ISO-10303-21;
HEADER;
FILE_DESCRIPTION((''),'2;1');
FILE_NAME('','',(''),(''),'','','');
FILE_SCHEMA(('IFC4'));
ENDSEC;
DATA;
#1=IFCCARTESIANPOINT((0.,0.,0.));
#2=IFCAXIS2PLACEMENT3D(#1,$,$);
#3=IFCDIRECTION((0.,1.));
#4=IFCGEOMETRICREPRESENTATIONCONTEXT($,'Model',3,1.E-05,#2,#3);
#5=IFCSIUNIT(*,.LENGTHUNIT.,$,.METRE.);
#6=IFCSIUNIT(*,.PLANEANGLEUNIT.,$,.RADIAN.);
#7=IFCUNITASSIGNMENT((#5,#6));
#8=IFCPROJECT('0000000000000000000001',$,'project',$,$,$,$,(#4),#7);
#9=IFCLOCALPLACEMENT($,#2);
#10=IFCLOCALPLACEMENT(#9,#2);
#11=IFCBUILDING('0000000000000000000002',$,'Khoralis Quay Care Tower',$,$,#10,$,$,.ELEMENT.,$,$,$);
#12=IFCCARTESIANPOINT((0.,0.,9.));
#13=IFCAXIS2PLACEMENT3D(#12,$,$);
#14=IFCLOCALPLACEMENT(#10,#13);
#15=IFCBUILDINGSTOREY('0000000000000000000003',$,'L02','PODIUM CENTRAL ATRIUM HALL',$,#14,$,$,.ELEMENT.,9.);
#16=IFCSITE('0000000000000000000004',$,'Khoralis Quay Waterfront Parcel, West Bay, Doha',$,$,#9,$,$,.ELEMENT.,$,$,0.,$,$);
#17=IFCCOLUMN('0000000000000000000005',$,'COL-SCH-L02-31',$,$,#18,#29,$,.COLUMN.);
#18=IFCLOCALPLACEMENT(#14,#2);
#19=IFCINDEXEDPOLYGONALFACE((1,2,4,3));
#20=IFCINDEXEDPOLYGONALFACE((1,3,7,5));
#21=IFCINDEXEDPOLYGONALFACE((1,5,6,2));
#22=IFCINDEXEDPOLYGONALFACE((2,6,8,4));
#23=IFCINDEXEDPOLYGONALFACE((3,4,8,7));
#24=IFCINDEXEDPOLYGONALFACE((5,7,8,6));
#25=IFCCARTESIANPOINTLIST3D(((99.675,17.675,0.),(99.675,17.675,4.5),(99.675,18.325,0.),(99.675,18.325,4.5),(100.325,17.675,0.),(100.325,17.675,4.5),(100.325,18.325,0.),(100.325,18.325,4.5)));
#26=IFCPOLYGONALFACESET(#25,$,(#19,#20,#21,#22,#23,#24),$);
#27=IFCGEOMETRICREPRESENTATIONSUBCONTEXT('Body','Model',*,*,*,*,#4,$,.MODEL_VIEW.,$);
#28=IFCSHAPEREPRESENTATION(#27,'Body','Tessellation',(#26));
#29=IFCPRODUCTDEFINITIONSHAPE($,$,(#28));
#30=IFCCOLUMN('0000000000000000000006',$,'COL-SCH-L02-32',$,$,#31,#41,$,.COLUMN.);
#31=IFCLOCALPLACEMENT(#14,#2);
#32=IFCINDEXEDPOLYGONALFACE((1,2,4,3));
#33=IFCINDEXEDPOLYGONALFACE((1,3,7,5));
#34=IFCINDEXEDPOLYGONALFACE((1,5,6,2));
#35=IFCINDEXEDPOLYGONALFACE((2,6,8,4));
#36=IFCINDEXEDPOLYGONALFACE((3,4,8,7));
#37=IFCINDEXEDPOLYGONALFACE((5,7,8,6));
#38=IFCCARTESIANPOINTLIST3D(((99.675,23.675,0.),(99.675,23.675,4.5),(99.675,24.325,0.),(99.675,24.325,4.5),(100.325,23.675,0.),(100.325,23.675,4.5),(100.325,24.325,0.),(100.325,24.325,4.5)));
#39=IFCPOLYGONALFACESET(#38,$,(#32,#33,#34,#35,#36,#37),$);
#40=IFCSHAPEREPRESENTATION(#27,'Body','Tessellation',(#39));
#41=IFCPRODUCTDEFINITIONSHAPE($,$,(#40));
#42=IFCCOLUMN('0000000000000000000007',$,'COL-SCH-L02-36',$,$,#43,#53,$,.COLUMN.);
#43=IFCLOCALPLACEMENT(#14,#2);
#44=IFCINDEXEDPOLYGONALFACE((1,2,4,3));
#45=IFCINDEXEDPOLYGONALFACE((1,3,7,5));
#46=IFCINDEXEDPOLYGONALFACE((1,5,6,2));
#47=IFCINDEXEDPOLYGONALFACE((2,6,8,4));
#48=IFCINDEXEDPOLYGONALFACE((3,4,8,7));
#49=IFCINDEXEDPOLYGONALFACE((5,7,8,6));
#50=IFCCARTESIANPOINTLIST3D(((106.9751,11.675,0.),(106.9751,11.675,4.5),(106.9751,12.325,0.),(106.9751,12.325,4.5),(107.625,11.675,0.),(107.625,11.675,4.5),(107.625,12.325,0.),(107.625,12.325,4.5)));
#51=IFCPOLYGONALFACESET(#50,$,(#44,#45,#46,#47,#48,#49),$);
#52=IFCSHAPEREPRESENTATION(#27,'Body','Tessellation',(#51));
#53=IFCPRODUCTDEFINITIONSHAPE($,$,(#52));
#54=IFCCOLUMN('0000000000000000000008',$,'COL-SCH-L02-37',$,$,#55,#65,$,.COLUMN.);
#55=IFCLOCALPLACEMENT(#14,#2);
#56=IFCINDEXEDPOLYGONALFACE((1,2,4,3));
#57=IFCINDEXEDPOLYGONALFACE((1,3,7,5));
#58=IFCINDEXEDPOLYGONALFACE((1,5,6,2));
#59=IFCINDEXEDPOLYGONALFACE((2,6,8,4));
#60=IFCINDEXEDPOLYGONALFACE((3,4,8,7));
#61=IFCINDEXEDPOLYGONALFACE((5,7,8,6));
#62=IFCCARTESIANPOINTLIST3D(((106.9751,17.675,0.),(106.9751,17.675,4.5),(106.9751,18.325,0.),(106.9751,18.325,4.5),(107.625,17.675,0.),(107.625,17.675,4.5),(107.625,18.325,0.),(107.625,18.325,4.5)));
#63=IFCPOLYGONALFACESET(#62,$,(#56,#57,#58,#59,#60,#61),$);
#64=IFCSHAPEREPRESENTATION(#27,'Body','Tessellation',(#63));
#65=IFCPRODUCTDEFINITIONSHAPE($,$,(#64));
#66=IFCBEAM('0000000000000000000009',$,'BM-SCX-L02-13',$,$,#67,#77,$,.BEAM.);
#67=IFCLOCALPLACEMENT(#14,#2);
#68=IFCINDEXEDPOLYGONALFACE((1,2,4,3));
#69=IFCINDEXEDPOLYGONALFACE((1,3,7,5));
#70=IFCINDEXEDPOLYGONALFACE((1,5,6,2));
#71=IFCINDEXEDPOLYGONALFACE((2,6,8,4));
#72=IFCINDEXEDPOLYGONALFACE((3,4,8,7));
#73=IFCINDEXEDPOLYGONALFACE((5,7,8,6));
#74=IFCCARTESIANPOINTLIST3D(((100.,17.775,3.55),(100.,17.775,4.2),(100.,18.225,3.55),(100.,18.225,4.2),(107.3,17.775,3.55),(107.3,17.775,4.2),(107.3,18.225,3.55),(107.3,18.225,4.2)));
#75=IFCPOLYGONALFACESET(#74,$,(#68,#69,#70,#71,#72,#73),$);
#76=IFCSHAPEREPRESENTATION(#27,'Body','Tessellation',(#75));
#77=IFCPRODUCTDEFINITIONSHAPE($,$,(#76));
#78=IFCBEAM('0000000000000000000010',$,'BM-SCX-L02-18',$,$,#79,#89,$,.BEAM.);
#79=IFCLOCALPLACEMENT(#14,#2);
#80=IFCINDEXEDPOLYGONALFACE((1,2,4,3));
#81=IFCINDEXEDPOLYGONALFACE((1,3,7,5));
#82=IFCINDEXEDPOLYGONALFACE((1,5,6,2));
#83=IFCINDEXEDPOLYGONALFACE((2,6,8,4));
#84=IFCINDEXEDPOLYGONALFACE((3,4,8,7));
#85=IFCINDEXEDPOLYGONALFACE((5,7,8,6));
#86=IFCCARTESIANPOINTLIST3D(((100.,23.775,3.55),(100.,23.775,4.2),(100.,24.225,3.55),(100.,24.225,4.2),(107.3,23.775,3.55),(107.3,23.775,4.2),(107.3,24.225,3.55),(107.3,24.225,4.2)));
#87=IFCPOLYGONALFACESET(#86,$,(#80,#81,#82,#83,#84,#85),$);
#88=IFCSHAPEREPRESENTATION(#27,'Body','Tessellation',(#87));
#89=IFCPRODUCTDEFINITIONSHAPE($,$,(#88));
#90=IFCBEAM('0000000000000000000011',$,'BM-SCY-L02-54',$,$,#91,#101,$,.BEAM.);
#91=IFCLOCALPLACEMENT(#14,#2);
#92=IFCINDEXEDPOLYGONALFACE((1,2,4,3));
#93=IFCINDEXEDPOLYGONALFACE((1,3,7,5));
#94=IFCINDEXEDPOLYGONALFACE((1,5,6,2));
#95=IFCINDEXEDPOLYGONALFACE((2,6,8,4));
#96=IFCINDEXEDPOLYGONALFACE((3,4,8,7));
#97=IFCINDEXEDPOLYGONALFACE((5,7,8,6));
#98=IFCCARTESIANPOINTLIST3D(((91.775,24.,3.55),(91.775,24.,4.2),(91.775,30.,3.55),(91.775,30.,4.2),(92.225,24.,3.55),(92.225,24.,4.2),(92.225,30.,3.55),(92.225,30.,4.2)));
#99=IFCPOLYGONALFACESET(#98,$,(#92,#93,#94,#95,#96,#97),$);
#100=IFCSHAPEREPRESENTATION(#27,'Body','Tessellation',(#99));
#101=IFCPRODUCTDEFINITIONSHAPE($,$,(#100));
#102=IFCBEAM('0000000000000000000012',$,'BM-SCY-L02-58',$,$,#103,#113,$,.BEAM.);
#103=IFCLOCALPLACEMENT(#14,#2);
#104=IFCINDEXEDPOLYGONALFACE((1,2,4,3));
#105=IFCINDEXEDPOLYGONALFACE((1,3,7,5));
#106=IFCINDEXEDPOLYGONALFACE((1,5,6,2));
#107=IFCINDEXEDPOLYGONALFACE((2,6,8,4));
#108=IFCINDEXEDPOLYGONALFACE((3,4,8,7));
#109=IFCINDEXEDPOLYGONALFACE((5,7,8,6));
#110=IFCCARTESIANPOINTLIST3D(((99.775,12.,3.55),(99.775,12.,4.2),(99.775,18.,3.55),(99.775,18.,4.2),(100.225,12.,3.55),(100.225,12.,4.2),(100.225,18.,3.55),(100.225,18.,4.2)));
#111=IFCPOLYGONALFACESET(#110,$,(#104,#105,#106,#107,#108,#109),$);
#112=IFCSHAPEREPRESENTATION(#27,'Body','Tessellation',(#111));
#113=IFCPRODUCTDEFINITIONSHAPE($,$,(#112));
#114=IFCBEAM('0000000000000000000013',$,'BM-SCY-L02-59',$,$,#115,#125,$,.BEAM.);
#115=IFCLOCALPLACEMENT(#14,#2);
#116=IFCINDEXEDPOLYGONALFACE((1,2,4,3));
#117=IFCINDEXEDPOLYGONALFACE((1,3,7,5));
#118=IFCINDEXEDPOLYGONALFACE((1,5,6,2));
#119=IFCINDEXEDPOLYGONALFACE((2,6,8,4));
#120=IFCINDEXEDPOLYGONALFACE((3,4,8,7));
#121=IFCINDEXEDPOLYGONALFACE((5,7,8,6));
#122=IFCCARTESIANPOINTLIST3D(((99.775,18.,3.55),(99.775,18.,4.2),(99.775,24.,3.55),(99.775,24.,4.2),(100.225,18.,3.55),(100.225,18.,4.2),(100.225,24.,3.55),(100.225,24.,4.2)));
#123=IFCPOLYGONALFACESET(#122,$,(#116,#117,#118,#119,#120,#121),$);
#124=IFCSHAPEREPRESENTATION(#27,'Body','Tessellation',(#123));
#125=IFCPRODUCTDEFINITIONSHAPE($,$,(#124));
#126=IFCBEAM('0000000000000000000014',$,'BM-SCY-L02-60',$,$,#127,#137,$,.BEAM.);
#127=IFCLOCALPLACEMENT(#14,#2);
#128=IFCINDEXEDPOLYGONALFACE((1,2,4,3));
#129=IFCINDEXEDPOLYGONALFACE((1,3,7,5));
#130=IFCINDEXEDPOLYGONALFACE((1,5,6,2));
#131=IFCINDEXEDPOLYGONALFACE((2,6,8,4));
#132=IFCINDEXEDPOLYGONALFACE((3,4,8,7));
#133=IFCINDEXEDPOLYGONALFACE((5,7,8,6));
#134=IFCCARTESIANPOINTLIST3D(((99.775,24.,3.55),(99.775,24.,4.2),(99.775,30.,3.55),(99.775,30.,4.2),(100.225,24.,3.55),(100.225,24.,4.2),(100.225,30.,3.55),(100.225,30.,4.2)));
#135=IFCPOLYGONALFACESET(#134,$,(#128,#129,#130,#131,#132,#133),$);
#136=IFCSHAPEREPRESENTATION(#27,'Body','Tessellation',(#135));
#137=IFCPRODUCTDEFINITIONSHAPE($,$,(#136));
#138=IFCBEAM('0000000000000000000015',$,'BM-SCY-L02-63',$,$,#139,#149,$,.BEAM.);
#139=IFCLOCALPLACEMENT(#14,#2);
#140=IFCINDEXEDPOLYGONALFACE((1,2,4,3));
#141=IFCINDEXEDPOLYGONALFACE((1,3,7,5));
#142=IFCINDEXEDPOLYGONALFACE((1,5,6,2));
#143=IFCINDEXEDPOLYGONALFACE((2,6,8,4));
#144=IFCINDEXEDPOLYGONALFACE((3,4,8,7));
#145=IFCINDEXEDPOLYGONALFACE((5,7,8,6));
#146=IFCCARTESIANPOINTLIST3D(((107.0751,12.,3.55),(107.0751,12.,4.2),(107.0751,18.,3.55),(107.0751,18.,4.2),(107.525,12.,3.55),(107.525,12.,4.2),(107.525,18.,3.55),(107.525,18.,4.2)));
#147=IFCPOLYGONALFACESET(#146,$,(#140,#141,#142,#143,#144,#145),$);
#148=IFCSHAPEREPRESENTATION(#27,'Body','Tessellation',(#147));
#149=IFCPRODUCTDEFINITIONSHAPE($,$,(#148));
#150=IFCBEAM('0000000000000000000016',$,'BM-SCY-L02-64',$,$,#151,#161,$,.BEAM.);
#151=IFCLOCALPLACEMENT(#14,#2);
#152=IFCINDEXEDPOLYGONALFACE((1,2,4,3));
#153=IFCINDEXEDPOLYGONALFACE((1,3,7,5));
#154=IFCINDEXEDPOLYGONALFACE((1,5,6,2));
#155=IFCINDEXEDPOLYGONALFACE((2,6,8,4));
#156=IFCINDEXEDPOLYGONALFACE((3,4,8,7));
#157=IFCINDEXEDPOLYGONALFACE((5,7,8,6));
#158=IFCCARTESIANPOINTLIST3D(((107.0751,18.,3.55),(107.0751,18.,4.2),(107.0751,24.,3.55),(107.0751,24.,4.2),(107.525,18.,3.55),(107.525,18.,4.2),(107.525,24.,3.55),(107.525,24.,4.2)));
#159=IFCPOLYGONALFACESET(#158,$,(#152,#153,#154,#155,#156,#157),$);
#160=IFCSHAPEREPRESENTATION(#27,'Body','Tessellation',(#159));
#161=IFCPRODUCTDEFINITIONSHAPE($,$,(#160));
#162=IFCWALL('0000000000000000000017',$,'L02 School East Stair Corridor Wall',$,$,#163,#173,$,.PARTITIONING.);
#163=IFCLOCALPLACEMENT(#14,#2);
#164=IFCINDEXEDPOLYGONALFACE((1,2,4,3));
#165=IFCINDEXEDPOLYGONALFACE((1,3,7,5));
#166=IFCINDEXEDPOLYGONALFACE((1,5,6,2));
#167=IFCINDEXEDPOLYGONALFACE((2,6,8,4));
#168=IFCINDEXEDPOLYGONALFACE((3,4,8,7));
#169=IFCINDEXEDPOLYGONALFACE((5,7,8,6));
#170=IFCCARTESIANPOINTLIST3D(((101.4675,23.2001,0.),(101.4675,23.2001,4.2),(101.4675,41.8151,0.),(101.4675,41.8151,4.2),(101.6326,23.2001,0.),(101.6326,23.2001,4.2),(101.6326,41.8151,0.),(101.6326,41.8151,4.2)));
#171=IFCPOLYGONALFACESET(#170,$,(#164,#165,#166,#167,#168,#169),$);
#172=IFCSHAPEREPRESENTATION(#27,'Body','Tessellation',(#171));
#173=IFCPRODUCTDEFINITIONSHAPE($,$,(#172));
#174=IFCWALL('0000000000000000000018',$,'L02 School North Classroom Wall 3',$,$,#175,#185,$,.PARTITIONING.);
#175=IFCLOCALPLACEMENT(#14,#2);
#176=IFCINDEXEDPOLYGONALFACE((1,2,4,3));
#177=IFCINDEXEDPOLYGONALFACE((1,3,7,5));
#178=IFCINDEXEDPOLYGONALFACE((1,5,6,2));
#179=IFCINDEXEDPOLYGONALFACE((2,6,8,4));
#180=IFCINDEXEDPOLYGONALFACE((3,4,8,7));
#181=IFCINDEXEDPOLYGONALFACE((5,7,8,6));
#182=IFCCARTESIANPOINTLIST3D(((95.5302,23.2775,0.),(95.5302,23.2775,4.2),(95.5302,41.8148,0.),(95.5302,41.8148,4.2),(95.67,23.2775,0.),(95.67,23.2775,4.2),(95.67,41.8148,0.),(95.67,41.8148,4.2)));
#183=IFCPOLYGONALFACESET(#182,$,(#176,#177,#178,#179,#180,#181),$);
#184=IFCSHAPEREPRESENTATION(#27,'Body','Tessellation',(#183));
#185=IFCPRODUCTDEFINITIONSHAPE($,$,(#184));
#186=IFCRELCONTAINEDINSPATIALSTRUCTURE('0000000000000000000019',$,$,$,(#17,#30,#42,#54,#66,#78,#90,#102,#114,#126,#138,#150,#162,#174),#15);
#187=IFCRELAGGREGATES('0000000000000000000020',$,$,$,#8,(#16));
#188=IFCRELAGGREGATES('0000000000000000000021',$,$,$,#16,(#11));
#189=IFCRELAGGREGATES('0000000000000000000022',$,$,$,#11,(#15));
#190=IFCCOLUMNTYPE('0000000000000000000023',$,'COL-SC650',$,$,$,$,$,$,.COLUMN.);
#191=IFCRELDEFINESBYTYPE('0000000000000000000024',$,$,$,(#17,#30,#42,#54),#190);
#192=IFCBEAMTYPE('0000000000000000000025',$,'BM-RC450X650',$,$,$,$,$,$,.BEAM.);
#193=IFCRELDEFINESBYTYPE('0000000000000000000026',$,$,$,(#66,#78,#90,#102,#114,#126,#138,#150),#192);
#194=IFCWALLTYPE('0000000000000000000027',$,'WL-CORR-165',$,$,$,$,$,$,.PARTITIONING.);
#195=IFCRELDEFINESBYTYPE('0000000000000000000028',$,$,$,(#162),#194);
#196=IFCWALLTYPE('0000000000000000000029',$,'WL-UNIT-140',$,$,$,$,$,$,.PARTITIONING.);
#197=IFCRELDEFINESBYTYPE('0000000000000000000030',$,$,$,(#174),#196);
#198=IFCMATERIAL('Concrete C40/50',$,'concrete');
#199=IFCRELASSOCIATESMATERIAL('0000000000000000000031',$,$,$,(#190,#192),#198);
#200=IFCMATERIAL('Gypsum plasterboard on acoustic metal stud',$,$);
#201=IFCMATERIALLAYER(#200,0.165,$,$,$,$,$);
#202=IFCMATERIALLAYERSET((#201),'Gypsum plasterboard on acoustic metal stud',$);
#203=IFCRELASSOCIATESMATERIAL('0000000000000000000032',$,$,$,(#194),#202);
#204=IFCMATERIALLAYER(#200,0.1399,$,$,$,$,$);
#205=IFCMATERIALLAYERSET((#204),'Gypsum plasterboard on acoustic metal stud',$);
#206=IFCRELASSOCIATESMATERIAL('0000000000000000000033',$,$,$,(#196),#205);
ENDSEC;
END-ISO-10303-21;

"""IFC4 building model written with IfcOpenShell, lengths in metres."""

from ifc_helpers import new_model, si_unit, direction, frame, frame_2d, origin, origin_2d, place, context, subcontext, project, spatial, rectangle, extrude, source, transform, mapped, material, layer, layer_set, material_profile, profile_set, type_object, element, save


model = new_model("IFC4")

# Units and contexts
model_context = context("Model", 3, precision=1e-05, world=origin(), true_north=direction((0.0, 1.0)))
body_context = subcontext(model_context, "Body", "Model", "MODEL_VIEW")
ifc_project = project(units=[si_unit("LENGTHUNIT", "METRE"), si_unit("PLANEANGLEUNIT", "RADIAN")], contexts=[model_context])

# Site, building, storey
site_placement = place(None, origin())
site = spatial("IfcSite", under=ifc_project, at=site_placement, Name="Khoralis Quay Waterfront Parcel, West Bay, Doha", CompositionType="ELEMENT", RefElevation=0.0)
building_placement = place(site_placement, origin())
building = spatial("IfcBuilding", under=site, at=building_placement, Name="Khoralis Quay Care Tower", CompositionType="ELEMENT")
storey_placement = place(building_placement, frame((0.0, 0.0, 9.0)))
storey = spatial("IfcBuildingStorey", under=building, at=storey_placement, Name="L02", Description="PODIUM CENTRAL ATRIUM HALL", CompositionType="ELEMENT", Elevation=9.0)

# Columns
ifc_material_1 = material(Name="Concrete C40/50", Category="concrete")
ifc_material_profile_1 = material_profile(ifc_material_1, rectangle(XDim=0.6499, YDim=0.6499, at=origin_2d()), Name="Concrete C40/50")
ifc_profile_set_1 = profile_set([ifc_material_profile_1], Name="Concrete C40/50")
column_type = type_object("IfcColumnType", Name="COL-SC650", PredefinedType="COLUMN", material=ifc_profile_set_1)
shared_shape_1 = source(origin(), body_context, "Body", "SweptSolid", [
    extrude(rectangle(XDim=0.6499, YDim=0.6499, at=origin_2d()), origin(), (0.0, 0.0, 1.0), 4.5),
])
for number, where, z_axis, x_axis, name in (
    (1, (100.0, 18.0, 0.0), (0.0, 0.0, 1.0), (1.0, 0.0, 0.0), "COL-SCH-L02-31"),
    (2, (100.0, 24.0, 0.0), (0.0, 0.0, 1.0), (1.0, 0.0, 0.0), "COL-SCH-L02-32"),
    (3, (107.3, 12.0, 0.0), (0.0, 0.0, 1.0), (1.0, 0.0, 0.0), "COL-SCH-L02-36"),
    (4, (107.3, 18.0, 0.0), (0.0, 0.0, 1.0), (1.0, 0.0, 0.0), "COL-SCH-L02-37"),
):
    element("IfcColumn", number, at=place(storey_placement, frame(where, z_axis=z_axis, x_axis=x_axis)), inside=storey, type_object=column_type, Name=name, PredefinedType="COLUMN", context=body_context, shape_type="MappedRepresentation", body=[
        mapped(shared_shape_1, transform((0.0, 0.0, 0.0), scale=1.0)),
    ])

# Beams
ifc_material_profile_2 = material_profile(ifc_material_1, rectangle(XDim=0.45, YDim=0.6499, at=origin_2d()), Name="Concrete C40/50")
ifc_profile_set_2 = profile_set([ifc_material_profile_2], Name="Concrete C40/50")
beam_type = type_object("IfcBeamType", Name="BM-RC450X650", PredefinedType="BEAM", material=ifc_profile_set_2)
shared_shape_2 = source(origin(), body_context, "Body", "SweptSolid", [
    extrude(rectangle(XDim=0.45, YDim=0.6499, at=origin_2d()), origin(), (0.0, 0.0, 1.0), 7.3),
])
for number, where, z_axis, x_axis, name in (
    (5, (100.0, 18.0, 3.875), (1.0, 0.0, 0.0), (0.0, 1.0, 0.0), "BM-SCX-L02-13"),
    (6, (100.0, 24.0, 3.875), (1.0, 0.0, 0.0), (0.0, 1.0, 0.0), "BM-SCX-L02-18"),
):
    element("IfcBeam", number, at=place(storey_placement, frame(where, z_axis=z_axis, x_axis=x_axis)), inside=storey, type_object=beam_type, Name=name, PredefinedType="BEAM", context=body_context, shape_type="MappedRepresentation", body=[
        mapped(shared_shape_2, transform((0.0, 0.0, 0.0), scale=1.0)),
    ])
shared_shape_3 = source(origin(), body_context, "Body", "SweptSolid", [
    extrude(rectangle(XDim=0.45, YDim=0.6499, at=origin_2d()), origin(), (0.0, 0.0, 1.0), 6.0),
])
for number, where, z_axis, x_axis, name in (
    (7, (92.0, 24.0, 3.875), (0.0, 1.0, 0.0), (-1.0, 0.0, 0.0), "BM-SCY-L02-54"),
    (8, (100.0, 12.0, 3.875), (0.0, 1.0, 0.0), (-1.0, 0.0, 0.0), "BM-SCY-L02-58"),
    (9, (100.0, 18.0, 3.875), (0.0, 1.0, 0.0), (-1.0, 0.0, 0.0), "BM-SCY-L02-59"),
    (10, (100.0, 24.0, 3.875), (0.0, 1.0, 0.0), (-1.0, 0.0, 0.0), "BM-SCY-L02-60"),
    (11, (107.3, 12.0, 3.875), (0.0, 1.0, 0.0), (-1.0, 0.0, 0.0), "BM-SCY-L02-63"),
    (12, (107.3, 18.0, 3.875), (0.0, 1.0, 0.0), (-1.0, 0.0, 0.0), "BM-SCY-L02-64"),
):
    element("IfcBeam", number, at=place(storey_placement, frame(where, z_axis=z_axis, x_axis=x_axis)), inside=storey, type_object=beam_type, Name=name, PredefinedType="BEAM", context=body_context, shape_type="MappedRepresentation", body=[
        mapped(shared_shape_3, transform((0.0, 0.0, 0.0), scale=1.0)),
    ])

# Walls
ifc_material_2 = material(Name="Gypsum plasterboard on acoustic metal stud")
ifc_layer_1 = layer(ifc_material_2, 0.165)
ifc_layer_set_1 = layer_set([ifc_layer_1], Name="Gypsum plasterboard on acoustic metal stud")
wall_type_1 = type_object("IfcWallType", Name="WL-CORR-165", PredefinedType="PARTITIONING", material=ifc_layer_set_1)
wall_1_placement = place(storey_placement, frame((101.55, 23.2, 0.0), z_axis=(0.0, 0.0, 1.0), x_axis=(0.0, 1.0, 0.0)))
element("IfcWall", 13, at=wall_1_placement, inside=storey, type_object=wall_type_1, Name="L02 School East Stair Corridor Wall", PredefinedType="PARTITIONING", context=body_context, shape_type="SweptSolid", body=[
    extrude(rectangle(XDim=18.615, YDim=0.165, at=frame_2d((9.3076, 0.0))), origin(), (0.0, 0.0, 1.0), 4.2),
])
ifc_layer_2 = layer(ifc_material_2, 0.1399)
ifc_layer_set_2 = layer_set([ifc_layer_2], Name="Gypsum plasterboard on acoustic metal stud")
wall_type_2 = type_object("IfcWallType", Name="WL-UNIT-140", PredefinedType="PARTITIONING", material=ifc_layer_set_2)
wall_2_placement = place(storey_placement, frame((95.6001, 23.2776, 0.0), z_axis=(0.0, 0.0, 1.0), x_axis=(0.0, 1.0, 0.0)))
element("IfcWall", 14, at=wall_2_placement, inside=storey, type_object=wall_type_2, Name="L02 School North Classroom Wall 3", PredefinedType="PARTITIONING", context=body_context, shape_type="SweptSolid", body=[
    extrude(rectangle(XDim=18.5374, YDim=0.1399, at=frame_2d((9.2686, 0.0))), origin(), (0.0, 0.0, 1.0), 4.2),
])

save(model, "model.ifc")
